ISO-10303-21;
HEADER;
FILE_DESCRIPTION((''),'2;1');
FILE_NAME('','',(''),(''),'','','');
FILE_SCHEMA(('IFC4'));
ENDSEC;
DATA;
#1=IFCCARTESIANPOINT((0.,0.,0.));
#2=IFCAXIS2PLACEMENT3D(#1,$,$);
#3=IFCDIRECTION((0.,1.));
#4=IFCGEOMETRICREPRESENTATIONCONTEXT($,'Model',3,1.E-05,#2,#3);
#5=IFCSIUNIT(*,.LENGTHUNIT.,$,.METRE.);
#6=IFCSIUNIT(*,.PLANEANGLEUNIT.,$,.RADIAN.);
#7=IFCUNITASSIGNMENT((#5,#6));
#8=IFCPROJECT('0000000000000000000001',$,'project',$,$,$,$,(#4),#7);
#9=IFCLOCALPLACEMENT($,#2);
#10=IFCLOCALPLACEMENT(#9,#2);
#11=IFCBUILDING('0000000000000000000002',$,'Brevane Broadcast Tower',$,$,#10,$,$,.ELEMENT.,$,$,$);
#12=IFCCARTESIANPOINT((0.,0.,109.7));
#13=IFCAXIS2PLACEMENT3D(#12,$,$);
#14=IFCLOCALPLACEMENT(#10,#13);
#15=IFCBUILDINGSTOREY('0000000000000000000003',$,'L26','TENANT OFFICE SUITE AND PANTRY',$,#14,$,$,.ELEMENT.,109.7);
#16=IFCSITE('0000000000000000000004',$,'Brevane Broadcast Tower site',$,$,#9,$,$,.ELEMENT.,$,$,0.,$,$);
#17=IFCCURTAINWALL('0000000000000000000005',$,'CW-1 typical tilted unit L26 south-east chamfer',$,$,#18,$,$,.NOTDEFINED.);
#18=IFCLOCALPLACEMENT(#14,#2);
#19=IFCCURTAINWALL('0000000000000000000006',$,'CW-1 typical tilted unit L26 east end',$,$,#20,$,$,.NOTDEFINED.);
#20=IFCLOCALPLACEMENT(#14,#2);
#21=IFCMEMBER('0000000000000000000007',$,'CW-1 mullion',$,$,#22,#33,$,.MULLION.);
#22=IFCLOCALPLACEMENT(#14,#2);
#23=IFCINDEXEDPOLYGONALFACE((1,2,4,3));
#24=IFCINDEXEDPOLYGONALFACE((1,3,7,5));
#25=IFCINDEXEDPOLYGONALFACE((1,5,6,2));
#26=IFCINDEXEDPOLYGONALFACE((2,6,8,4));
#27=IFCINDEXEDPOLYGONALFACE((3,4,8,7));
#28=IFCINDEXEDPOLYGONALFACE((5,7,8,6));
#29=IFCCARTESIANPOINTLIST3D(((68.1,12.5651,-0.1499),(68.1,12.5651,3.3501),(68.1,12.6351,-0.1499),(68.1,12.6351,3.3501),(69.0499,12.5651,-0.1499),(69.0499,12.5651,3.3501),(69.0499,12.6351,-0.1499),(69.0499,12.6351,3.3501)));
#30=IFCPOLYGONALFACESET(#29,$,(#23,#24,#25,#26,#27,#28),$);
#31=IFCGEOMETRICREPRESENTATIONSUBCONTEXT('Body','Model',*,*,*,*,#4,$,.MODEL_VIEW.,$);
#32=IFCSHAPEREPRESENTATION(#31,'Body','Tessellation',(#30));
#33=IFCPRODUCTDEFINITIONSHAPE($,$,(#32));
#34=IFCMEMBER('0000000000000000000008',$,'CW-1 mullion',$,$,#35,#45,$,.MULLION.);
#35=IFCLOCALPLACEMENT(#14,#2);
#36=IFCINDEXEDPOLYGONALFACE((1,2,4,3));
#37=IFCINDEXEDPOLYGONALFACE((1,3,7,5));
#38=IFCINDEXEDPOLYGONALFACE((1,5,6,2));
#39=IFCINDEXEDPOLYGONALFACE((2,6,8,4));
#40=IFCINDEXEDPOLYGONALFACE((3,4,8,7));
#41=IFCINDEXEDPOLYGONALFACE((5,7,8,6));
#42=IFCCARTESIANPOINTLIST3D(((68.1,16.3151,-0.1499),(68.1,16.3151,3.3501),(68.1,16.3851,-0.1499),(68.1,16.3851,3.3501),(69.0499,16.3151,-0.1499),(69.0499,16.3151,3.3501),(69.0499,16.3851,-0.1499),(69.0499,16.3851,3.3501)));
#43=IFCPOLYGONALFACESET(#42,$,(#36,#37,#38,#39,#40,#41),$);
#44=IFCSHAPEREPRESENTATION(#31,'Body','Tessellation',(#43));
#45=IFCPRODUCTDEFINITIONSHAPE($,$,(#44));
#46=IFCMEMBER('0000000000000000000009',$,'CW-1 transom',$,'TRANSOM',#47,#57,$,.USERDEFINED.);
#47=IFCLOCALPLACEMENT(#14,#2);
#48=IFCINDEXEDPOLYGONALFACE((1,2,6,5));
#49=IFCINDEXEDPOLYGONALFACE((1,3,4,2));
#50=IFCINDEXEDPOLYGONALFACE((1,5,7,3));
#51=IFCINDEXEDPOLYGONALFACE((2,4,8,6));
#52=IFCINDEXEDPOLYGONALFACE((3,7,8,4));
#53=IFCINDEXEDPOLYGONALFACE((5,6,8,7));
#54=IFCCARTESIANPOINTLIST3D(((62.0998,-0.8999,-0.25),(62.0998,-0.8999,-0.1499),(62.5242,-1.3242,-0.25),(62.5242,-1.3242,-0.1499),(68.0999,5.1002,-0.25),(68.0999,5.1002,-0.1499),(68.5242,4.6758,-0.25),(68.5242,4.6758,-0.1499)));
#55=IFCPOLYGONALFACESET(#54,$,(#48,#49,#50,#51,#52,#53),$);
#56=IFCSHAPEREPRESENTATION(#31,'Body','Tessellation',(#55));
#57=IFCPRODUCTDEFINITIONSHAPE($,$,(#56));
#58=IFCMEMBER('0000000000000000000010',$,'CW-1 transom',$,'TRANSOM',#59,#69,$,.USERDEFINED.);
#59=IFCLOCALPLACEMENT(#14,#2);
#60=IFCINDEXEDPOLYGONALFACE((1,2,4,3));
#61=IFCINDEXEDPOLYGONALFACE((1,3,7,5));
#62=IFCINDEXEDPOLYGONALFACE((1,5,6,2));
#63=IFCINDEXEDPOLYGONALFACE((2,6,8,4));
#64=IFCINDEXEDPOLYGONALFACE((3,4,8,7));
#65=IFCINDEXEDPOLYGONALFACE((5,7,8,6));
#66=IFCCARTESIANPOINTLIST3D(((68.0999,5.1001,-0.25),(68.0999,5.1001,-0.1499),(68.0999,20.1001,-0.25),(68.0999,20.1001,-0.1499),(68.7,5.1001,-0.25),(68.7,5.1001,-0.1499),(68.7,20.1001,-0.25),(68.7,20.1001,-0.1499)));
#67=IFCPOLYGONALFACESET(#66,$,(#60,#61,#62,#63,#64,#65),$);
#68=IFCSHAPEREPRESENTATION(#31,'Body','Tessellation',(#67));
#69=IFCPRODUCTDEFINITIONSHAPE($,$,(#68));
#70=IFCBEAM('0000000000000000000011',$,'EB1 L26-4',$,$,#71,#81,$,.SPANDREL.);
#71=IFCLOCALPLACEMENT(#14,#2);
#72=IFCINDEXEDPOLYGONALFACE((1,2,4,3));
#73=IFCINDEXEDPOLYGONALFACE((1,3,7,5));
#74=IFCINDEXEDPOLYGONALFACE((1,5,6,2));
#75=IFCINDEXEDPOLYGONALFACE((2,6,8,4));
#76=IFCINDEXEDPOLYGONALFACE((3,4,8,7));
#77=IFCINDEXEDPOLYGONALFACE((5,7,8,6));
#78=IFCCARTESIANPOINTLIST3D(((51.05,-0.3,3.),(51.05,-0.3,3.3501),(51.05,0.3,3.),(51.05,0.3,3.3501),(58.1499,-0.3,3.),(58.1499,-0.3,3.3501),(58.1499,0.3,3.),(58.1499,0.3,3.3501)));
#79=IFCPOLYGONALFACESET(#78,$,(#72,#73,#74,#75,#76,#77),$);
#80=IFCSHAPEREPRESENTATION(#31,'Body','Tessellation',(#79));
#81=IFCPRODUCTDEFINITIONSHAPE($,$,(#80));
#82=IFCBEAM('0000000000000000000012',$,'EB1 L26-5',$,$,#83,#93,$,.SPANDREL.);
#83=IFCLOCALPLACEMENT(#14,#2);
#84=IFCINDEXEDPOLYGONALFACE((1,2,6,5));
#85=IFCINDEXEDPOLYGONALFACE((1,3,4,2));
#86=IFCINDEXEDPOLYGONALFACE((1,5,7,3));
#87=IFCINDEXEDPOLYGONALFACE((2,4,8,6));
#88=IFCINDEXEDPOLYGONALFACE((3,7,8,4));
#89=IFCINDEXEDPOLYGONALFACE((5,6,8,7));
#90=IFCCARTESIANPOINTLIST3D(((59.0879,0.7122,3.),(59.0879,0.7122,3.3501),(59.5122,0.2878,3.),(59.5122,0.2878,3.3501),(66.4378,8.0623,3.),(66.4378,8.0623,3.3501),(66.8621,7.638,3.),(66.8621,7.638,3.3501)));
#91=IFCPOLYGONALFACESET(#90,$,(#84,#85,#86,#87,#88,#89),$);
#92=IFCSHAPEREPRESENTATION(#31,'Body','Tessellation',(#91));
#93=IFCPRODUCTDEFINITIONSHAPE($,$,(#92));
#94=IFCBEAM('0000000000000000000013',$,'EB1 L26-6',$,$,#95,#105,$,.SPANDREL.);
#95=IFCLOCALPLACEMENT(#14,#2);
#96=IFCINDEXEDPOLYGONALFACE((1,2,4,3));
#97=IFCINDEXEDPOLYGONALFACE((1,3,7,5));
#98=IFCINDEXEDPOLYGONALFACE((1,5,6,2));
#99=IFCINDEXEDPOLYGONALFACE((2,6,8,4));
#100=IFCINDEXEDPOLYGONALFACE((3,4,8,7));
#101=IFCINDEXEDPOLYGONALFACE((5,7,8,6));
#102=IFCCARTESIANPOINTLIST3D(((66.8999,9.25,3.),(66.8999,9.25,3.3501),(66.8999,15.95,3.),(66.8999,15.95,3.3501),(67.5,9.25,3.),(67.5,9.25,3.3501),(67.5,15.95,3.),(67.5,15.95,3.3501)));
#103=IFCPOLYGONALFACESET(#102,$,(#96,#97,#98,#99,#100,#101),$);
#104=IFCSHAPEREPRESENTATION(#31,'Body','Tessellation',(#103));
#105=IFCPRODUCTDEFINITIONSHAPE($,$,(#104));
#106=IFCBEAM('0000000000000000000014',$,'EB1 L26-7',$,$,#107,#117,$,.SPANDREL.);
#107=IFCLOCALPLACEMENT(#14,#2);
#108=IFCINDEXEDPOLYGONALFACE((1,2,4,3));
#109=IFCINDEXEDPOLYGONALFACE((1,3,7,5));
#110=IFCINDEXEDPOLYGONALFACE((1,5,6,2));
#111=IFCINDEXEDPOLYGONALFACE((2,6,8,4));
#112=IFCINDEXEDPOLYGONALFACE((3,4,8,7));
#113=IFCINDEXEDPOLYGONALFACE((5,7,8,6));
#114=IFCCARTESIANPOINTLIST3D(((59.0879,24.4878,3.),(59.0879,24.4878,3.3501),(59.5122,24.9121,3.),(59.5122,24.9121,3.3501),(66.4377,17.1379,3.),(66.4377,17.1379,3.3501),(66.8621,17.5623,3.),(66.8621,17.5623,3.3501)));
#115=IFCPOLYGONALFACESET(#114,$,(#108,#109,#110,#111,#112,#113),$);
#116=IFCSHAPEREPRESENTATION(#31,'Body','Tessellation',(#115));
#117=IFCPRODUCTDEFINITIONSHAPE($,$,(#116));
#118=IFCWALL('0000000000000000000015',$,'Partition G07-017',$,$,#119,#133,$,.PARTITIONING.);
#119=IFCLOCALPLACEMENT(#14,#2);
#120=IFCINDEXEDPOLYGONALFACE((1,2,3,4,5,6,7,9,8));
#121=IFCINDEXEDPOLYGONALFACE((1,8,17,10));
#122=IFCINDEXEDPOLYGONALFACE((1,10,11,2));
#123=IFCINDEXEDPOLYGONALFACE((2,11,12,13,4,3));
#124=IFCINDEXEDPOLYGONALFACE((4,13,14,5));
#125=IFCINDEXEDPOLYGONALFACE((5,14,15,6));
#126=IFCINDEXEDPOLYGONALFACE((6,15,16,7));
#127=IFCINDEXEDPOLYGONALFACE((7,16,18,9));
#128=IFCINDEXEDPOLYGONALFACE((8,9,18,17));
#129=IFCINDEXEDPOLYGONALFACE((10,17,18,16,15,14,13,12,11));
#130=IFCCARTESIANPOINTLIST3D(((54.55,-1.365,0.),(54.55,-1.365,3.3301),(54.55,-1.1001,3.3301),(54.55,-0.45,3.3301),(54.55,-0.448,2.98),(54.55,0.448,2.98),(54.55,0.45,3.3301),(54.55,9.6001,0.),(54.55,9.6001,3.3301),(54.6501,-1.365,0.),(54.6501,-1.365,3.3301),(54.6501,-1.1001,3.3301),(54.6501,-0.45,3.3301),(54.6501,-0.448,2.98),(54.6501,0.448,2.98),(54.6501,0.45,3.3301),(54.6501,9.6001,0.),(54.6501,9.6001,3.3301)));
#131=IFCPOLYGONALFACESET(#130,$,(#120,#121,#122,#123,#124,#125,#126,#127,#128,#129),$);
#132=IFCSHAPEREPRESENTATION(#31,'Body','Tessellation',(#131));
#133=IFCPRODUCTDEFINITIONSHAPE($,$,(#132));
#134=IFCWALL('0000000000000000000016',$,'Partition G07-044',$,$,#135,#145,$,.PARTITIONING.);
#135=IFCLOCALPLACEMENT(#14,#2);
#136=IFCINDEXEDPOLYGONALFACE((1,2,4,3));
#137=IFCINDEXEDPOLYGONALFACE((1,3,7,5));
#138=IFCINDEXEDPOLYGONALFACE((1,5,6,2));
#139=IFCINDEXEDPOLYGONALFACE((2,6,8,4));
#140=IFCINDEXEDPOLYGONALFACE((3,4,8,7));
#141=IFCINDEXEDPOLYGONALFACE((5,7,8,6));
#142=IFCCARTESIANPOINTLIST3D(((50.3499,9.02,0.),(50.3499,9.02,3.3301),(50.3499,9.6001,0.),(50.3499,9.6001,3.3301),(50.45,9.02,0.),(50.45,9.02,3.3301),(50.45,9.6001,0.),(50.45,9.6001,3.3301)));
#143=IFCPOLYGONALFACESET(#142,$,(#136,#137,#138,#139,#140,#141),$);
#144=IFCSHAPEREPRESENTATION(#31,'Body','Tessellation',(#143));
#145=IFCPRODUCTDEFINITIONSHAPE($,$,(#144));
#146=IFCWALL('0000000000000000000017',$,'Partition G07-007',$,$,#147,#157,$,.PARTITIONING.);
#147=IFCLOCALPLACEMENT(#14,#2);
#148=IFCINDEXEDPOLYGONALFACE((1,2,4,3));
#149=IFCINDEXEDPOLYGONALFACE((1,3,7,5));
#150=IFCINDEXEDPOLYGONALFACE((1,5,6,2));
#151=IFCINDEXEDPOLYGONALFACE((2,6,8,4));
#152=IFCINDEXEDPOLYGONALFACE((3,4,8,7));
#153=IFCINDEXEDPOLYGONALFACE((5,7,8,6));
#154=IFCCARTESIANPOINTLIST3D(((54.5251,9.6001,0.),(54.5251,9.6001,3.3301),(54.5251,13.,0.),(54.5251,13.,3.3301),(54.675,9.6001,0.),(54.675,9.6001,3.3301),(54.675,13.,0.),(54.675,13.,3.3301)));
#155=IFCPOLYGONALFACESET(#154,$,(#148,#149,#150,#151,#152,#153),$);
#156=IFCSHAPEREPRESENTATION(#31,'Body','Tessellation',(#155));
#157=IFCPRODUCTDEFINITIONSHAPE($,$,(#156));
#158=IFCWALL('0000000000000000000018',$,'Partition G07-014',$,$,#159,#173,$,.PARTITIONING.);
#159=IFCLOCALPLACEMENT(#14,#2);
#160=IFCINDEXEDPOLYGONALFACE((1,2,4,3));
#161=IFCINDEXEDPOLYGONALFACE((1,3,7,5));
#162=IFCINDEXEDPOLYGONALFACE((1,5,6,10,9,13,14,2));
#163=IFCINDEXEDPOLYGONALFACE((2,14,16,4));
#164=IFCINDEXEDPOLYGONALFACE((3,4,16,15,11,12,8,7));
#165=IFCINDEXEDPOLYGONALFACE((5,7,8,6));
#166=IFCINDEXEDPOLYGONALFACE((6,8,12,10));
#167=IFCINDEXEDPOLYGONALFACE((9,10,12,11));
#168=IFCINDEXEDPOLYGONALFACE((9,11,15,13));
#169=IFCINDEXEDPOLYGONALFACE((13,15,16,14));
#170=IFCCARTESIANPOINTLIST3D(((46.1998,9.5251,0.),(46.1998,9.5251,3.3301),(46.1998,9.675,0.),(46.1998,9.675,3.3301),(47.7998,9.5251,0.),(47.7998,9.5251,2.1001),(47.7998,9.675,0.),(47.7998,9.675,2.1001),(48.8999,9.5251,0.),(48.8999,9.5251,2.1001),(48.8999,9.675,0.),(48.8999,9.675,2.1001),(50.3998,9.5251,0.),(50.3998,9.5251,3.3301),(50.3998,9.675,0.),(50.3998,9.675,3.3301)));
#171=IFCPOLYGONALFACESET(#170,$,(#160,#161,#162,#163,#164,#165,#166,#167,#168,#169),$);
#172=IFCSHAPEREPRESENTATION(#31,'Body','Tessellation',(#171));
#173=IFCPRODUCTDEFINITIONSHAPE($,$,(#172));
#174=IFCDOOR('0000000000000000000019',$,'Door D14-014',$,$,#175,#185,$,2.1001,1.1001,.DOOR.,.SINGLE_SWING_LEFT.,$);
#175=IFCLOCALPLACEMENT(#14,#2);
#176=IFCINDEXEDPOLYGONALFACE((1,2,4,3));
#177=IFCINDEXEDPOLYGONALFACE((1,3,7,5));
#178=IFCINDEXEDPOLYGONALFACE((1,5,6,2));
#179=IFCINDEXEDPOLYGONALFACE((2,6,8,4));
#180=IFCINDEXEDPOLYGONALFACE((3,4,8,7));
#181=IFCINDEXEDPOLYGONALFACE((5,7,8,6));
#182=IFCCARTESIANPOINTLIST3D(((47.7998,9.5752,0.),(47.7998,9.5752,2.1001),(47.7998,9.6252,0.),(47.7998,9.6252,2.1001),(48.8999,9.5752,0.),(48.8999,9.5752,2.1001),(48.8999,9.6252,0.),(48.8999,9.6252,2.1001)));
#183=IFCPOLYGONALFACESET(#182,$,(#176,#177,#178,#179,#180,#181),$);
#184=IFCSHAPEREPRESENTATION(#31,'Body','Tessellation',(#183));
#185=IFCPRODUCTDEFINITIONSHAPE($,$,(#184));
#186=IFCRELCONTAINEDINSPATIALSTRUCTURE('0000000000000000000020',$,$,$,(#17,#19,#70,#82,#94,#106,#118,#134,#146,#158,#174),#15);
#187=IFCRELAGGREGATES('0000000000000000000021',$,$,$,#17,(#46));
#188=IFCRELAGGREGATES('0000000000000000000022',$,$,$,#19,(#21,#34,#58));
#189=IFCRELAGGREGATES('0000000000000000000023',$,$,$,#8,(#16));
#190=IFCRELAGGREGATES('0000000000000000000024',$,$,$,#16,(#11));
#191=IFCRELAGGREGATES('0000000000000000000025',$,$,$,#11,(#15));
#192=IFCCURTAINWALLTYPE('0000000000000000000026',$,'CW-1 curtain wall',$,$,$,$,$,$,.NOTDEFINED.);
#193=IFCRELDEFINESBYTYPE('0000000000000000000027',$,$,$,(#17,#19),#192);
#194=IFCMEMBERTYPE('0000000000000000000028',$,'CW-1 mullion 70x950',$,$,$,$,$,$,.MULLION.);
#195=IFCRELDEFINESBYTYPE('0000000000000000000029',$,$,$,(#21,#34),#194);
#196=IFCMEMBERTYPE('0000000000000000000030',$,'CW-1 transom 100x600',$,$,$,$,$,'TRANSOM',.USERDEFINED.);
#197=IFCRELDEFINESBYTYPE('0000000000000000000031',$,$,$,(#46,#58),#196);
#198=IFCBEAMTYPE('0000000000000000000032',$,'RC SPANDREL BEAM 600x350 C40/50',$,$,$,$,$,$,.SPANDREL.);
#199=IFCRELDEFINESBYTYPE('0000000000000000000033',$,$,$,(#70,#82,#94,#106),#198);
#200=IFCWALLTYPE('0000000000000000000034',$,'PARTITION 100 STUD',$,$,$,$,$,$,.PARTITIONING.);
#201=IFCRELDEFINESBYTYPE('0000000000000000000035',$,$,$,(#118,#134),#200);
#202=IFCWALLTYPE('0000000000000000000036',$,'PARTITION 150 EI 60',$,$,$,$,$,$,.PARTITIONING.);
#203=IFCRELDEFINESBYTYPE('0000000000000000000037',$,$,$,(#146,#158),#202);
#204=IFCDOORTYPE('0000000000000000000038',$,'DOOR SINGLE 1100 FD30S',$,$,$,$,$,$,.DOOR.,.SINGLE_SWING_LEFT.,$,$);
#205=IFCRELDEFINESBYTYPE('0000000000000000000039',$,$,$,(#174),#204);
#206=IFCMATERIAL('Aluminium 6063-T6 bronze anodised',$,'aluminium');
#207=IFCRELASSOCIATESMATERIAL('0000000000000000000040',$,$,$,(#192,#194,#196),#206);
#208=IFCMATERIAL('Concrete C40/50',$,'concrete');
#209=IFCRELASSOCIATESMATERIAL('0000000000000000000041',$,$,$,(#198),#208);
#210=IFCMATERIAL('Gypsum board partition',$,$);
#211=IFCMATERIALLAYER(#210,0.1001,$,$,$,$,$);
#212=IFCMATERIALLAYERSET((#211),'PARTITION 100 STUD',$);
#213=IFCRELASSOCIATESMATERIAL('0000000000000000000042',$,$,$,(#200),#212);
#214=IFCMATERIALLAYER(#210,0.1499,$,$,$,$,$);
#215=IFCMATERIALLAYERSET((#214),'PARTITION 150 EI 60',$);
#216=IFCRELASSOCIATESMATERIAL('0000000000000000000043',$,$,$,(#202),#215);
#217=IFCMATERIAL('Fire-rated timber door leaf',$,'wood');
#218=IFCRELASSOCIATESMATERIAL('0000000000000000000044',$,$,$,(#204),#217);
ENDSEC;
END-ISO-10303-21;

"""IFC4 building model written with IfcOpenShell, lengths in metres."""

from ifc_helpers import new_model, si_unit, direction, frame, frame_2d, origin, origin_2d, place, context, subcontext, project, spatial, polyline, rectangle, outline, extrude, material, layer, layer_set, material_profile, profile_set, type_object, element, fill, aggregate, save


model = new_model("IFC4")

# Units and contexts
model_context = context("Model", 3, precision=1e-05, world=origin(), true_north=direction((0.0, 1.0)))
body_context = subcontext(model_context, "Body", "Model", "MODEL_VIEW")
ifc_project = project(units=[si_unit("LENGTHUNIT", "METRE"), si_unit("PLANEANGLEUNIT", "RADIAN")], contexts=[model_context])

# Site, building, storey
site_placement = place(None, origin())
site = spatial("IfcSite", under=ifc_project, at=site_placement, Name="Brevane Broadcast Tower site", CompositionType="ELEMENT", RefElevation=0.0)
building_placement = place(site_placement, origin())
building = spatial("IfcBuilding", under=site, at=building_placement, Name="Brevane Broadcast Tower", CompositionType="ELEMENT")
storey_placement = place(building_placement, frame((0.0, 0.0, 109.7)))
storey = spatial("IfcBuildingStorey", under=building, at=storey_placement, Name="L26", Description="TENANT OFFICE SUITE AND PANTRY", CompositionType="ELEMENT", Elevation=109.7)

# Curtain walls, members
ifc_material_1 = material(Name="Aluminium 6063-T6 bronze anodised", Category="aluminium")
curtain_wall_type = type_object("IfcCurtainWallType", Name="CW-1 curtain wall", PredefinedType="NOTDEFINED", material=ifc_material_1)
ifc_material_profile_1 = material_profile(ifc_material_1, rectangle(XDim=0.95, YDim=0.0701, at=origin_2d()), Name="RECT 70x950")
ifc_profile_set_1 = profile_set([ifc_material_profile_1], Name="Aluminium 6063-T6 bronze anodised")
member_type_1 = type_object("IfcMemberType", Name="CW-1 mullion 70x950", PredefinedType="MULLION", material=ifc_profile_set_1)
curtain_wall_1_placement = place(storey_placement, origin())
curtain_wall_1 = element("IfcCurtainWall", 1, at=curtain_wall_1_placement, inside=storey, type_object=curtain_wall_type, Name="CW-1 typical tilted unit L26 south-east chamfer", PredefinedType="NOTDEFINED")
curtain_wall_2_placement = place(storey_placement, origin())
curtain_wall_2 = element("IfcCurtainWall", 2, at=curtain_wall_2_placement, inside=storey, type_object=curtain_wall_type, Name="CW-1 typical tilted unit L26 east end", PredefinedType="NOTDEFINED")
member_1_placement = place(storey_placement, frame((68.575, 12.6001, -0.1499), z_axis=(0.0, 0.0, 1.0), x_axis=(-1.0, 0.0, 0.0)))
member_1 = element("IfcMember", 3, at=member_1_placement, type_object=member_type_1, Name="CW-1 mullion", PredefinedType="MULLION", context=body_context, shape_type="SweptSolid", body=[
    extrude(rectangle(XDim=0.95, YDim=0.0701, at=origin_2d()), origin(), (0.0, 0.0, 1.0), 3.5),
])
member_2_placement = place(storey_placement, frame((68.575, 16.3501, -0.1499), z_axis=(0.0, 0.0, 1.0), x_axis=(-1.0, 0.0, 0.0)))
member_2 = element("IfcMember", 4, at=member_2_placement, type_object=member_type_1, Name="CW-1 mullion", PredefinedType="MULLION", context=body_context, shape_type="SweptSolid", body=[
    extrude(rectangle(XDim=0.95, YDim=0.0701, at=origin_2d()), origin(), (0.0, 0.0, 1.0), 3.5),
])

# Members
ifc_material_profile_2 = material_profile(ifc_material_1, rectangle(XDim=0.6001, YDim=0.1001, at=origin_2d()), Name="RECT 100x600")
ifc_profile_set_2 = profile_set([ifc_material_profile_2], Name="Aluminium 6063-T6 bronze anodised")
member_type_2 = type_object("IfcMemberType", Name="CW-1 transom 100x600", ElementType="TRANSOM", PredefinedType="USERDEFINED", material=ifc_profile_set_2)
member_3_placement = place(storey_placement, frame((62.312, -1.1121, -0.2), z_axis=(0.707107, 0.707107, 0.0), x_axis=(-0.707107, 0.707107, 0.0)))
member_3 = element("IfcMember", 5, at=member_3_placement, type_object=member_type_2, Name="CW-1 transom", ObjectType="TRANSOM", PredefinedType="USERDEFINED", context=body_context, shape_type="SweptSolid", body=[
    extrude(rectangle(XDim=0.6001, YDim=0.1001, at=origin_2d()), origin(), (0.0, 0.0, 1.0), 8.4854),
])
aggregate(curtain_wall_1, [member_3])
member_4_placement = place(storey_placement, frame((68.3999, 5.1001, -0.2), z_axis=(0.0, 1.0, 0.0), x_axis=(-1.0, 0.0, 0.0)))
member_4 = element("IfcMember", 6, at=member_4_placement, type_object=member_type_2, Name="CW-1 transom", ObjectType="TRANSOM", PredefinedType="USERDEFINED", context=body_context, shape_type="SweptSolid", body=[
    extrude(rectangle(XDim=0.6001, YDim=0.1001, at=origin_2d()), origin(), (0.0, 0.0, 1.0), 15.0),
])
aggregate(curtain_wall_2, [member_1, member_2, member_4])

# Beams
ifc_material_2 = material(Name="Concrete C40/50", Category="concrete")
ifc_material_profile_3 = material_profile(ifc_material_2, rectangle(XDim=0.6001, YDim=0.3501, at=origin_2d()), Name="RC 600x350")
ifc_profile_set_3 = profile_set([ifc_material_profile_3], Name="Concrete C40/50")
beam_type = type_object("IfcBeamType", Name="RC SPANDREL BEAM 600x350 C40/50", PredefinedType="SPANDREL", material=ifc_profile_set_3)
beam_1_placement = place(storey_placement, frame((51.05, 0.0, 3.175), z_axis=(1.0, 0.0, 0.0), x_axis=(0.0, 1.0, 0.0)))
element("IfcBeam", 7, at=beam_1_placement, inside=storey, type_object=beam_type, Name="EB1 L26-4", PredefinedType="SPANDREL", context=body_context, shape_type="SweptSolid", body=[
    extrude(rectangle(XDim=0.6001, YDim=0.3501, at=origin_2d()), origin(), (0.0, 0.0, 1.0), 7.0999),
])
beam_2_placement = place(storey_placement, frame((59.3, 0.5, 3.175), z_axis=(0.707095, 0.707119, 0.0), x_axis=(-0.707119, 0.707095, 0.0)))
element("IfcBeam", 8, at=beam_2_placement, inside=storey, type_object=beam_type, Name="EB1 L26-5", PredefinedType="SPANDREL", context=body_context, shape_type="SweptSolid", body=[
    extrude(rectangle(XDim=0.6001, YDim=0.3501, at=origin_2d()), origin(), (0.0, 0.0, 1.0), 10.3945),
])
beam_3_placement = place(storey_placement, frame((67.2, 9.25, 3.175), z_axis=(0.0, 1.0, 0.0), x_axis=(-1.0, 0.0, 0.0)))
element("IfcBeam", 9, at=beam_3_placement, inside=storey, type_object=beam_type, Name="EB1 L26-6", PredefinedType="SPANDREL", context=body_context, shape_type="SweptSolid", body=[
    extrude(rectangle(XDim=0.6001, YDim=0.3501, at=origin_2d()), origin(), (0.0, 0.0, 1.0), 6.7),
])
beam_4_placement = place(storey_placement, frame((66.6499, 17.3501, 3.175), z_axis=(-0.707107, 0.707107, 0.0), x_axis=(-0.707107, -0.707107, 0.0)))
element("IfcBeam", 10, at=beam_4_placement, inside=storey, type_object=beam_type, Name="EB1 L26-7", PredefinedType="SPANDREL", context=body_context, shape_type="SweptSolid", body=[
    extrude(rectangle(XDim=0.6001, YDim=0.3501, at=origin_2d()), origin(), (0.0, 0.0, 1.0), 10.3943),
])

# Walls
ifc_material_3 = material(Name="Gypsum board partition")
ifc_layer_1 = layer(ifc_material_3, 0.1001)
ifc_layer_set_1 = layer_set([ifc_layer_1], Name="PARTITION 100 STUD")
wall_type_1 = type_object("IfcWallType", Name="PARTITION 100 STUD", PredefinedType="PARTITIONING", material=ifc_layer_set_1)
wall_1_placement = place(storey_placement, frame((54.6001, -1.365, 0.0), z_axis=(0.0, 0.0, 1.0), x_axis=(0.0, 1.0, 0.0)))
element("IfcWall", 11, at=wall_1_placement, inside=storey, type_object=wall_type_1, Name="Partition G07-017", PredefinedType="PARTITIONING", context=body_context, shape_type="SweptSolid", body=[
    extrude(outline(polyline([(0.0, 0.0), (10.9651, 0.0), (10.9651, 3.3301), (1.8149, 3.3301), (1.813, 2.98), (0.917, 2.98), (0.915, 3.3301), (0.2649, 3.3301), (0.0, 3.3301), (0.0, 0.0)])), frame((0.0, 0.05, 0.0), z_axis=(0.0, -1.0, 0.0), x_axis=(1.0, 0.0, 0.0)), (0.0, 0.0, 1.0), 0.1001),
])
wall_2_placement = place(storey_placement, frame((50.3999, 9.6001, 0.0), z_axis=(0.0, 0.0, 1.0), x_axis=(0.0, -1.0, 0.0)))
element("IfcWall", 12, at=wall_2_placement, inside=storey, type_object=wall_type_1, Name="Partition G07-044", PredefinedType="PARTITIONING", context=body_context, shape_type="SweptSolid", body=[
    extrude(rectangle(XDim=0.5801, YDim=0.1001, at=frame_2d((0.29, 0.0))), origin(), (0.0, 0.0, 1.0), 3.3301),
])
ifc_layer_2 = layer(ifc_material_3, 0.1499)
ifc_layer_set_2 = layer_set([ifc_layer_2], Name="PARTITION 150 EI 60")
wall_type_2 = type_object("IfcWallType", Name="PARTITION 150 EI 60", PredefinedType="PARTITIONING", material=ifc_layer_set_2)
wall_3_placement = place(storey_placement, frame((54.6001, 13.0, 0.0), z_axis=(0.0, 0.0, 1.0), x_axis=(0.0, -1.0, 0.0)))
element("IfcWall", 13, at=wall_3_placement, inside=storey, type_object=wall_type_2, Name="Partition G07-007", PredefinedType="PARTITIONING", context=body_context, shape_type="SweptSolid", body=[
    extrude(rectangle(XDim=3.3999, YDim=0.1499, at=frame_2d((1.7, 0.0))), origin(), (0.0, 0.0, 1.0), 3.3301),
])

# Wall, opening, door
wall_4_placement = place(storey_placement, frame((50.3999, 9.6001, 0.0), z_axis=(0.0, 0.0, 1.0), x_axis=(-1.0, 0.0, 0.0)))
wall_4 = element("IfcWall", 14, at=wall_4_placement, inside=storey, type_object=wall_type_2, Name="Partition G07-014", PredefinedType="PARTITIONING", context=body_context, shape_type="SweptSolid", body=[
    extrude(rectangle(XDim=4.2, YDim=0.1499, at=frame_2d((2.1001, 0.0))), origin(), (0.0, 0.0, 1.0), 3.3301),
])
opening_1_placement = place(wall_4_placement, frame((1.5, 0.0, 0.0)))
opening_1 = element("IfcOpeningElement", 15, at=opening_1_placement, cuts=wall_4, PredefinedType="OPENING", context=body_context, shape_type="SweptSolid", body=[
    extrude(rectangle(XDim=1.1001, YDim=2.1001, at=frame_2d((0.55, 1.05))), frame((0.0, 0.085, 0.0), z_axis=(0.0, -1.0, 0.0), x_axis=(1.0, 0.0, 0.0)), (0.0, 0.0, 1.0), 0.1699),
])
ifc_material_4 = material(Name="Fire-rated timber door leaf", Category="wood")
door_type_1 = type_object("IfcDoorType", Name="DOOR SINGLE 1100 FD30S", OperationType="SINGLE_SWING_LEFT", PredefinedType="DOOR", material=ifc_material_4)
door_1_placement = place(opening_1_placement, origin())
door_1 = element("IfcDoor", 16, at=door_1_placement, inside=storey, type_object=door_type_1, Name="Door D14-014", OperationType="SINGLE_SWING_LEFT", OverallHeight=2.1001, OverallWidth=1.1001, PredefinedType="DOOR", context=body_context, shape_type="SweptSolid", body=[
    extrude(rectangle(XDim=1.1001, YDim=2.1001, at=frame_2d((0.55, 1.05))), frame((0.0, 0.0249, 0.0), z_axis=(0.0, -1.0, 0.0), x_axis=(1.0, 0.0, 0.0)), (0.0, 0.0, 1.0), 0.05),
])
fill(opening_1, door_1)

save(model, "model.ifc")
